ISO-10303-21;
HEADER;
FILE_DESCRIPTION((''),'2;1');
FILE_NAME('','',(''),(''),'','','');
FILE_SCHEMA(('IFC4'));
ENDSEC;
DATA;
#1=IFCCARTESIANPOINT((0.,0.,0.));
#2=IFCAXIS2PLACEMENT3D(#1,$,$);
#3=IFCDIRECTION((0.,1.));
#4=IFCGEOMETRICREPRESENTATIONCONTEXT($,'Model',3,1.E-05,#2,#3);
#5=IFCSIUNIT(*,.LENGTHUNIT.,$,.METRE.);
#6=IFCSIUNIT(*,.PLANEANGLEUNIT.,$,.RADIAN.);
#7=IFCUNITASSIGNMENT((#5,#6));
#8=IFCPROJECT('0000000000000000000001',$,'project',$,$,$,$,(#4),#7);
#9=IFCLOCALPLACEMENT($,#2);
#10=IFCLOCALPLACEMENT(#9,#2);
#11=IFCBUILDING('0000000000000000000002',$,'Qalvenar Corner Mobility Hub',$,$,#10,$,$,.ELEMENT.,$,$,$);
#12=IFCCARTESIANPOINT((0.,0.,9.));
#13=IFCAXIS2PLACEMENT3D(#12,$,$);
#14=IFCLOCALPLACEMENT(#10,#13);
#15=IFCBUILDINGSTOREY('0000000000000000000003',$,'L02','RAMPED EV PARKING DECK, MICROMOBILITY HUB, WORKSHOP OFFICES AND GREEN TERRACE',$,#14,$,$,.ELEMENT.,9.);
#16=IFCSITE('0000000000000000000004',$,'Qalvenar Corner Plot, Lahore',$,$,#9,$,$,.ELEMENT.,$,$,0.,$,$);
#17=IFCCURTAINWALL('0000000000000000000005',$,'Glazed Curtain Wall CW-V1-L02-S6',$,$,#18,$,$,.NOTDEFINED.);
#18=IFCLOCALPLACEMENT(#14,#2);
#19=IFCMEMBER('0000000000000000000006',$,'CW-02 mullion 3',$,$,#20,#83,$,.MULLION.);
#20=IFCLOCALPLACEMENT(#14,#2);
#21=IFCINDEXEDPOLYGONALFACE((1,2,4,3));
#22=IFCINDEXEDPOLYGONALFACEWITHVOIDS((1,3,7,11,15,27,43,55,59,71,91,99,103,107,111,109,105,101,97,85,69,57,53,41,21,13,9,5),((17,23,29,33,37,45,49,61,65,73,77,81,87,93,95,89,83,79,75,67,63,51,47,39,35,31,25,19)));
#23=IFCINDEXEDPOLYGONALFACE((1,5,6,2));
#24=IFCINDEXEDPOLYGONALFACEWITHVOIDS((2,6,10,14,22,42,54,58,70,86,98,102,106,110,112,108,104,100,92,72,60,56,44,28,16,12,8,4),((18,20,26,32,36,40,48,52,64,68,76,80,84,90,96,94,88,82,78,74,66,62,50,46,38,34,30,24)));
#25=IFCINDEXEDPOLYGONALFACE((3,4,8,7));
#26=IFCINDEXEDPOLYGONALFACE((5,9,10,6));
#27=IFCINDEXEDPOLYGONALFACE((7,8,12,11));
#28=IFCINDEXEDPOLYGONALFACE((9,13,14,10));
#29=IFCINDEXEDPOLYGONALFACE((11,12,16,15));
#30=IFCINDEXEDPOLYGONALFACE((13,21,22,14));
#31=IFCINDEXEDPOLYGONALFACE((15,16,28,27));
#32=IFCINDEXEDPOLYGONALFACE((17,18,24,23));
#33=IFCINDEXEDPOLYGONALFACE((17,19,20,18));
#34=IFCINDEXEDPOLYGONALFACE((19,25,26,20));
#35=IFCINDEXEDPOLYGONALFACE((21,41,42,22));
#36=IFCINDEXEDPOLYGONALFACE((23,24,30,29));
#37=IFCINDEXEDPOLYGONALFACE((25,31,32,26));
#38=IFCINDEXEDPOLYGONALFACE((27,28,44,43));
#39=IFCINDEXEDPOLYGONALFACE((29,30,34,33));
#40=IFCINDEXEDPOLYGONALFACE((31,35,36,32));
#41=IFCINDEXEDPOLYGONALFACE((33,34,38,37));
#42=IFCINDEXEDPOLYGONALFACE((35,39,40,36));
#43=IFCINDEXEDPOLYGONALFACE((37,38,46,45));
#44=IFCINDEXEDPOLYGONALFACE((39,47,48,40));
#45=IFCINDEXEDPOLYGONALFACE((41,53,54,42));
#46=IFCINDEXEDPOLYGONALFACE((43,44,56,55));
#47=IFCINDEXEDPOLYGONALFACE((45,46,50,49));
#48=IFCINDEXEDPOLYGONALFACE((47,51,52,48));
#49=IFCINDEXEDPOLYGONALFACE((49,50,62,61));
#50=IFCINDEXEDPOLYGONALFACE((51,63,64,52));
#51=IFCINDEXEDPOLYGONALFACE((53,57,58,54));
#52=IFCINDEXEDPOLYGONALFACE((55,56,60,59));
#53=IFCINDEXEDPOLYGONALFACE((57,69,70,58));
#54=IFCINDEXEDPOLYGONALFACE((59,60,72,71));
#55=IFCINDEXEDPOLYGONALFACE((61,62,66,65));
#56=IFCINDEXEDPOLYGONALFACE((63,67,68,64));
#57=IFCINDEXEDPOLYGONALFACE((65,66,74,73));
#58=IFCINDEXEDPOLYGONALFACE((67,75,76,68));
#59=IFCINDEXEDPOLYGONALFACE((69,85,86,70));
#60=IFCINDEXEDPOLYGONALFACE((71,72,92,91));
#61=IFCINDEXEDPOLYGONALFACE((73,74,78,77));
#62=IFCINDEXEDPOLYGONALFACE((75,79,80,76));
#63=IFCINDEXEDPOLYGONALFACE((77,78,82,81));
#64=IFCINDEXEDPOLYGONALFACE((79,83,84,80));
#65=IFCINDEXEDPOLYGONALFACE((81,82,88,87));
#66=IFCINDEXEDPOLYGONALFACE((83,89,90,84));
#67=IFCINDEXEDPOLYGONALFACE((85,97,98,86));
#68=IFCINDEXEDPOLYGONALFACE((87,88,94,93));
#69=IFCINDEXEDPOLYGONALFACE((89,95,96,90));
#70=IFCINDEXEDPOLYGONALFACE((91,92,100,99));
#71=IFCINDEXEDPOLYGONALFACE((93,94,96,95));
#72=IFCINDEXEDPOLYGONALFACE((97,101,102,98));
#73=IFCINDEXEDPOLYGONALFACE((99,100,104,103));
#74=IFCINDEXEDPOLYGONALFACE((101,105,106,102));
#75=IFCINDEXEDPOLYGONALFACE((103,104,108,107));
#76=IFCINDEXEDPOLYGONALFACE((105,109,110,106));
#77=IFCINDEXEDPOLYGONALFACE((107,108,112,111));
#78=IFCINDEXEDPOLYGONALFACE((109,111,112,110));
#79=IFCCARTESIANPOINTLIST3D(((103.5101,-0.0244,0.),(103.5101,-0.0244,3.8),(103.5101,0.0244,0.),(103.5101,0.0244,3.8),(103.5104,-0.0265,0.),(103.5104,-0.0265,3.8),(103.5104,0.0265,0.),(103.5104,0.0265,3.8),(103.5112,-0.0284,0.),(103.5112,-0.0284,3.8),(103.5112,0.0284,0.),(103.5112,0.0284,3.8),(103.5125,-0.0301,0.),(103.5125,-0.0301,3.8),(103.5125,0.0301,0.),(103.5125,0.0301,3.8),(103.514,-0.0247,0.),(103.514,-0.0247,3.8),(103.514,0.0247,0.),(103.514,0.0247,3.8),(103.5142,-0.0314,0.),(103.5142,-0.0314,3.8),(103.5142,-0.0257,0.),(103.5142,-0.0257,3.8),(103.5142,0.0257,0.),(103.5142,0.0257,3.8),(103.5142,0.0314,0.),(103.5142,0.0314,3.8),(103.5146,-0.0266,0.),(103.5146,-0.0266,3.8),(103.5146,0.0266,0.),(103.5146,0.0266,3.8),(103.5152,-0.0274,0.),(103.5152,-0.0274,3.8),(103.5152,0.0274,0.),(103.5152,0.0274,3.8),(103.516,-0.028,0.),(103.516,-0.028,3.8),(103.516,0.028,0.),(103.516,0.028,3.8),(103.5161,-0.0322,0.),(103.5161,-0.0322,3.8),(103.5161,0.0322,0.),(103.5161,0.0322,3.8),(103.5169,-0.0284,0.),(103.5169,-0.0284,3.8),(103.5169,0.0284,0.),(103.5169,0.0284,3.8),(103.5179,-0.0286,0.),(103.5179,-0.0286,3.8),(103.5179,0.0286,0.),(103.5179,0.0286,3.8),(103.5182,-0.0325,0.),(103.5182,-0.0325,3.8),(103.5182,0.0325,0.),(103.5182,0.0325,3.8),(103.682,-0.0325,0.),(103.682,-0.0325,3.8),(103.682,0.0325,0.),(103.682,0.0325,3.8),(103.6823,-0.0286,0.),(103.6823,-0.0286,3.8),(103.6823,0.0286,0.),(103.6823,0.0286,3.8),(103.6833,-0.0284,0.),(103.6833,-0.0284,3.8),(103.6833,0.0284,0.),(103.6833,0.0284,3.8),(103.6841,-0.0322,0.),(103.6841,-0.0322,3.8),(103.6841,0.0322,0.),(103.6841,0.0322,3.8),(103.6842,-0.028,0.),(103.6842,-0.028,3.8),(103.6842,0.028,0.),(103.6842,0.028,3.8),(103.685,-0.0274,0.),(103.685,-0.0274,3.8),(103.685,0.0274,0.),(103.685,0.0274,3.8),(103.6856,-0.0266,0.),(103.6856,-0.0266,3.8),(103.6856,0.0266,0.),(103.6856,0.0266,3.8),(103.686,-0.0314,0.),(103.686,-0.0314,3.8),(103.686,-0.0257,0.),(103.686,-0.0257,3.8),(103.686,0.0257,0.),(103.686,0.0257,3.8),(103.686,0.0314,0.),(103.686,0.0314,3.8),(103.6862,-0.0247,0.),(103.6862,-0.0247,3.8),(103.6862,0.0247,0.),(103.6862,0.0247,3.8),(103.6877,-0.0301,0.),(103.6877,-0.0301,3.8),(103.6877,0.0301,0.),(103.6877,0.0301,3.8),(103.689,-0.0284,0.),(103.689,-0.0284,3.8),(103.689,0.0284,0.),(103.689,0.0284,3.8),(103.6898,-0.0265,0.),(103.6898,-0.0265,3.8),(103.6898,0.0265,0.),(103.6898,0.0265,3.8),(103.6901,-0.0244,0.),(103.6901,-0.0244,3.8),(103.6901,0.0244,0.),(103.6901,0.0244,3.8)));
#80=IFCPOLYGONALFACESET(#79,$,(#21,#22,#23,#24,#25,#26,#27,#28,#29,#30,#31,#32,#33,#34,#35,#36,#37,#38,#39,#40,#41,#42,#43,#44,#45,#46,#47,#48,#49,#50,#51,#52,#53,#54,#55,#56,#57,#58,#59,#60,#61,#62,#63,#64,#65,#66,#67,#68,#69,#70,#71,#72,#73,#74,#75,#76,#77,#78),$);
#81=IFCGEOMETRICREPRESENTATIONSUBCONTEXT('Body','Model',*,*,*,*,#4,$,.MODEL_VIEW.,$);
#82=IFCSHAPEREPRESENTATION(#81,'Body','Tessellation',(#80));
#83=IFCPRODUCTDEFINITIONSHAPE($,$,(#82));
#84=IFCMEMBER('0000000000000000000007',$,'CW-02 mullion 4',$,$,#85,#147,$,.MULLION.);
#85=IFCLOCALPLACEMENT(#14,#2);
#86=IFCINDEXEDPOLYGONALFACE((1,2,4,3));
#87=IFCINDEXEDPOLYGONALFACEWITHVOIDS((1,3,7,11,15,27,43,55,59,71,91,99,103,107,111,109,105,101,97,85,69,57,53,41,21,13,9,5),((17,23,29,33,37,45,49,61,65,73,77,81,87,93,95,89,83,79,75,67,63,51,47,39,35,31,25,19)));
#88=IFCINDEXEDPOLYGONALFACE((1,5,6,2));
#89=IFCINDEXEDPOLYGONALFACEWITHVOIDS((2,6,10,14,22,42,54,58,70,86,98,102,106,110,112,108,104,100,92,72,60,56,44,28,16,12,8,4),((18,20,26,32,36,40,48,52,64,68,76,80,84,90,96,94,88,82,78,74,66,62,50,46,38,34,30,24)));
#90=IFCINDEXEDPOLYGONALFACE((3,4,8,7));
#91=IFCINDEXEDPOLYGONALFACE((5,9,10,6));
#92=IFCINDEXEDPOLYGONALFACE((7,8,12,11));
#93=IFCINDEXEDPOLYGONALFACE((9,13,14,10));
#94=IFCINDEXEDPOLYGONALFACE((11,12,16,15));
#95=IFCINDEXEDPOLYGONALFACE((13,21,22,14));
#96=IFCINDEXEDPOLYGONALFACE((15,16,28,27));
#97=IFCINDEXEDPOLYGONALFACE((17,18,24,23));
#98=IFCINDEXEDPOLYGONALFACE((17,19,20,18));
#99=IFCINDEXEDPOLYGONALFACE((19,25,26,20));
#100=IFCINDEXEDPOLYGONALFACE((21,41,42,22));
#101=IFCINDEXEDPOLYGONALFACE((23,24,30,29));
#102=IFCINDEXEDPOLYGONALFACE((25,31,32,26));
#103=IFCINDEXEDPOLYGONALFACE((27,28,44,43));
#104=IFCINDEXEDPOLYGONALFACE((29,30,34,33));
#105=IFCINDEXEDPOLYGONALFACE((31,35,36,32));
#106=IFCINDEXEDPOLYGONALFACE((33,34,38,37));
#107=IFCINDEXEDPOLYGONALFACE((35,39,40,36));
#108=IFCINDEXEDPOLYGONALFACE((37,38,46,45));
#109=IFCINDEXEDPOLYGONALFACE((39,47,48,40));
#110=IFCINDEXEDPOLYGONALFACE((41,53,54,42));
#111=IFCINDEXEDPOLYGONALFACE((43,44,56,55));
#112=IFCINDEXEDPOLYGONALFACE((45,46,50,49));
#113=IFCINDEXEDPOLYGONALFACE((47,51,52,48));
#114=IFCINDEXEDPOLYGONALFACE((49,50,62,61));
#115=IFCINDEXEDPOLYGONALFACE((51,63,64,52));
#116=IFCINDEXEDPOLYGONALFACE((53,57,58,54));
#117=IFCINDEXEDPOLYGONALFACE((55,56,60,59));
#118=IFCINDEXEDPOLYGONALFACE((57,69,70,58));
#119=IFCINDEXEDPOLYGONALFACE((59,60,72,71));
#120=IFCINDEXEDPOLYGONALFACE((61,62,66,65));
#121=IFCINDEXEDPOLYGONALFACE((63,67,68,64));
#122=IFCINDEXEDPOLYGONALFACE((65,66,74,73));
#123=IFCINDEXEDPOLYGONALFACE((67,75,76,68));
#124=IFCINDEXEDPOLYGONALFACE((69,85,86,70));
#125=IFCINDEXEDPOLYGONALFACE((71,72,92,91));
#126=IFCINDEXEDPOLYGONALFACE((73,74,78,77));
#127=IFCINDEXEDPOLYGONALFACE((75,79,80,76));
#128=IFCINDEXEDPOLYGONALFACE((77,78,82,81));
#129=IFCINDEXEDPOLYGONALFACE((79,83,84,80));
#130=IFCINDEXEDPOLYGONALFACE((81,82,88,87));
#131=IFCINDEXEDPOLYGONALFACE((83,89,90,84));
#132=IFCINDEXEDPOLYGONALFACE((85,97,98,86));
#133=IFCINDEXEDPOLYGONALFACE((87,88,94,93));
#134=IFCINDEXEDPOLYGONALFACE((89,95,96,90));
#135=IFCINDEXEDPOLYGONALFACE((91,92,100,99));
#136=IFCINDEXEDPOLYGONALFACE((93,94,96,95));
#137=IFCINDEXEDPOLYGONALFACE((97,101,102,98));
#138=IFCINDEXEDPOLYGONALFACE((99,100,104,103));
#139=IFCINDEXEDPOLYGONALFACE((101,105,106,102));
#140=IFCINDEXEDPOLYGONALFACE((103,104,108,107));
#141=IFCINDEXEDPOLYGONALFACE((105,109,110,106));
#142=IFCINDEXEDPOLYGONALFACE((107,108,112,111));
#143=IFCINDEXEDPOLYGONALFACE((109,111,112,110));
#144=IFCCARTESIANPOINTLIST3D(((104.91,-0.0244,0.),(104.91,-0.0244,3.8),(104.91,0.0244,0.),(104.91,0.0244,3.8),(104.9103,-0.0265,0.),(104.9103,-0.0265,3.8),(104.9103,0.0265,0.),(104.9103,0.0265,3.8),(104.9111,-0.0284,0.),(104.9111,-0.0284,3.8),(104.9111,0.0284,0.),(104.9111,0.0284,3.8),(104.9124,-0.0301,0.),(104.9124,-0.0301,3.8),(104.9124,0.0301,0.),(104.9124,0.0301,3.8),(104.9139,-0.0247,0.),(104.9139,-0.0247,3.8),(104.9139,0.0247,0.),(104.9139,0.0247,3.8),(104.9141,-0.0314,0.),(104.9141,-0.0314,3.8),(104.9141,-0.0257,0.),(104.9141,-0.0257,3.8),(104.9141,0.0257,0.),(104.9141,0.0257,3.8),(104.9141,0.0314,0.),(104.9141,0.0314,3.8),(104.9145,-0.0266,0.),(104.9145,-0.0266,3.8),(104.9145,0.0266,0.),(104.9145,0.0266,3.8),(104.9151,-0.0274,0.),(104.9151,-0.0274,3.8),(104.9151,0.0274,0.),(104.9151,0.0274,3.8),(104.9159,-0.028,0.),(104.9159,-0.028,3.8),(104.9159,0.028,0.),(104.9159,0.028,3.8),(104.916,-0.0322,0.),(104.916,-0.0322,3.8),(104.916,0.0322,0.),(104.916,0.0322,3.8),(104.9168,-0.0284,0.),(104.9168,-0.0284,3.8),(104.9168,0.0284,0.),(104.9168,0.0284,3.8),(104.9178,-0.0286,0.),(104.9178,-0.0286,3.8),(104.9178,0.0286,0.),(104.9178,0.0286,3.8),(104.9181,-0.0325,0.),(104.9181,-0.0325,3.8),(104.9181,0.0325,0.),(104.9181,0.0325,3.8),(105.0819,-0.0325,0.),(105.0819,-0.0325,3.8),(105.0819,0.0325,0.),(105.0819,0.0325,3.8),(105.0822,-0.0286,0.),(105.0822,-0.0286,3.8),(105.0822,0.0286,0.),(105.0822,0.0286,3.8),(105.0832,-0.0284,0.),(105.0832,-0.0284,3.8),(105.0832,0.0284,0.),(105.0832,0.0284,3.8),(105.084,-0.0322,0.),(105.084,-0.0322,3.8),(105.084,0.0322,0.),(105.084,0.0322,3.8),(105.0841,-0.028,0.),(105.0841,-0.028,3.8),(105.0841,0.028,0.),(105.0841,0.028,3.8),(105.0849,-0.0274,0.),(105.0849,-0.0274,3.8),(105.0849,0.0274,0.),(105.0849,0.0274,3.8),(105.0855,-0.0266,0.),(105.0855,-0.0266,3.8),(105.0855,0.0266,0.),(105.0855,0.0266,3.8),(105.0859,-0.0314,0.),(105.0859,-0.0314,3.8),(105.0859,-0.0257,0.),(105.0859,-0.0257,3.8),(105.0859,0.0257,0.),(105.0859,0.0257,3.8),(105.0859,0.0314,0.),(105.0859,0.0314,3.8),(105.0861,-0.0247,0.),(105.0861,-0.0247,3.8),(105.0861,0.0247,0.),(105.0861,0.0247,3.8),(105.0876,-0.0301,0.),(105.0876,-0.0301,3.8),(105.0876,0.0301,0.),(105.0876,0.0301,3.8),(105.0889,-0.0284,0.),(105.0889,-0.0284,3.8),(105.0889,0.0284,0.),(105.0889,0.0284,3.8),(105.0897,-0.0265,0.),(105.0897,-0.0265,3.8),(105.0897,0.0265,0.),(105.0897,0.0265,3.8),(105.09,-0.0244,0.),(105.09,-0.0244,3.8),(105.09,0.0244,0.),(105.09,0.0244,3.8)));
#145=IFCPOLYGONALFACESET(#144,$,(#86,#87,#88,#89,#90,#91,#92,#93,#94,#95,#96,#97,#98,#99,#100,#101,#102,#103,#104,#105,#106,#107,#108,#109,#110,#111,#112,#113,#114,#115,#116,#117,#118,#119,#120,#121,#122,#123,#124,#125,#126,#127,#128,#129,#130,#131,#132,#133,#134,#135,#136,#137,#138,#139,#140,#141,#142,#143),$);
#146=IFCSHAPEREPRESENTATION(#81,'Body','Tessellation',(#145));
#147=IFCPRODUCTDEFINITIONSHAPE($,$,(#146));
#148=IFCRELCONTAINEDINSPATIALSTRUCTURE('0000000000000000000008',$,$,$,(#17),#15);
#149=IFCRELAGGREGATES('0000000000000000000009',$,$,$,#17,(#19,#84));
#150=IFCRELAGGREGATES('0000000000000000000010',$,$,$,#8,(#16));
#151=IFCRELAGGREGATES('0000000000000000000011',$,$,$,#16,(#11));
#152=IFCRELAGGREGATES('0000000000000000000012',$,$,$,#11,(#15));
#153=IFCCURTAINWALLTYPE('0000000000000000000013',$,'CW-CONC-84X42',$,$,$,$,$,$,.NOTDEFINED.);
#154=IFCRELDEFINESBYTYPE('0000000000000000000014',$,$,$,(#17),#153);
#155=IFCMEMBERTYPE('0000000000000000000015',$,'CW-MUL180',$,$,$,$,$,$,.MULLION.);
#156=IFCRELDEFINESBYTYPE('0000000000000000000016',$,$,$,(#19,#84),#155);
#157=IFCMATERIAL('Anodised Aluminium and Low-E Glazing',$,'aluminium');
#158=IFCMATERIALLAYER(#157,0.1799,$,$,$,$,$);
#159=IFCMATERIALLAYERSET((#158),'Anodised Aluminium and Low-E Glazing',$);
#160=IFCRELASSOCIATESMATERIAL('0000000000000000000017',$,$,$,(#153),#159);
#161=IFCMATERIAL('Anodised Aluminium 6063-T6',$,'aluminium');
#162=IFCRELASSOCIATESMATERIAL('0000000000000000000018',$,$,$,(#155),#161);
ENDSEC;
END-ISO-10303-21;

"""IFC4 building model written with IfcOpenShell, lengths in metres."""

from ifc_helpers import new_model, si_unit, direction, frame, origin, origin_2d, place, context, subcontext, project, spatial, hollow_rectangle, extrude, material, layer, layer_set, material_profile, profile_set, type_object, element, aggregate, save


model = new_model("IFC4")

# Units and contexts
model_context = context("Model", 3, precision=1e-05, world=origin(), true_north=direction((0.0, 1.0)))
body_context = subcontext(model_context, "Body", "Model", "MODEL_VIEW")
ifc_project = project(units=[si_unit("LENGTHUNIT", "METRE"), si_unit("PLANEANGLEUNIT", "RADIAN")], contexts=[model_context])

# Site, building, storey
site_placement = place(None, origin())
site = spatial("IfcSite", under=ifc_project, at=site_placement, Name="Qalvenar Corner Plot, Lahore", CompositionType="ELEMENT", RefElevation=0.0)
building_placement = place(site_placement, origin())
building = spatial("IfcBuilding", under=site, at=building_placement, Name="Qalvenar Corner Mobility Hub", CompositionType="ELEMENT")
storey_placement = place(building_placement, frame((0.0, 0.0, 9.0)))
storey = spatial("IfcBuildingStorey", under=building, at=storey_placement, Name="L02", Description="RAMPED EV PARKING DECK, MICROMOBILITY HUB, WORKSHOP OFFICES AND GREEN TERRACE", CompositionType="ELEMENT", Elevation=9.0)

# Curtain wall, members
ifc_material_1 = material(Name="Anodised Aluminium and Low-E Glazing", Category="aluminium")
ifc_layer_1 = layer(ifc_material_1, 0.1799)
ifc_layer_set_1 = layer_set([ifc_layer_1], Name="Anodised Aluminium and Low-E Glazing")
curtain_wall_type = type_object("IfcCurtainWallType", Name="CW-CONC-84X42", PredefinedType="NOTDEFINED", material=ifc_layer_set_1)
curtain_wall_placement = place(storey_placement, origin())
curtain_wall = element("IfcCurtainWall", 1, at=curtain_wall_placement, inside=storey, type_object=curtain_wall_type, Name="Glazed Curtain Wall CW-V1-L02-S6", PredefinedType="NOTDEFINED")
ifc_material_2 = material(Name="Anodised Aluminium 6063-T6", Category="aluminium")
ifc_material_profile_1 = material_profile(ifc_material_2, hollow_rectangle(XDim=0.0649, YDim=0.1799, WallThickness=0.0039, InnerFilletRadius=0.0039, OuterFilletRadius=0.0081, at=origin_2d()), Name="RHS180x65x4")
ifc_profile_set_1 = profile_set([ifc_material_profile_1], Name="Anodised Aluminium 6063-T6")
member_type_1 = type_object("IfcMemberType", Name="CW-MUL180", PredefinedType="MULLION", material=ifc_profile_set_1)
member_1_placement = place(storey_placement, frame((103.6001, 0.0, 0.0), z_axis=(0.0, 0.0, 1.0), x_axis=(0.0, 1.0, 0.0)))
member_1 = element("IfcMember", 2, at=member_1_placement, type_object=member_type_1, Name="CW-02 mullion 3", PredefinedType="MULLION", context=body_context, shape_type="SweptSolid", body=[
    extrude(hollow_rectangle(XDim=0.0649, YDim=0.1799, WallThickness=0.0039, InnerFilletRadius=0.0039, OuterFilletRadius=0.0081, at=origin_2d()), origin(), (0.0, 0.0, 1.0), 3.8),
])
member_2_placement = place(storey_placement, frame((105.0, 0.0, 0.0), z_axis=(0.0, 0.0, 1.0), x_axis=(0.0, 1.0, 0.0)))
member_2 = element("IfcMember", 3, at=member_2_placement, type_object=member_type_1, Name="CW-02 mullion 4", PredefinedType="MULLION", context=body_context, shape_type="SweptSolid", body=[
    extrude(hollow_rectangle(XDim=0.0649, YDim=0.1799, WallThickness=0.0039, InnerFilletRadius=0.0039, OuterFilletRadius=0.0081, at=origin_2d()), origin(), (0.0, 0.0, 1.0), 3.8),
])
aggregate(curtain_wall, [member_1, member_2])

save(model, "model.ifc")
